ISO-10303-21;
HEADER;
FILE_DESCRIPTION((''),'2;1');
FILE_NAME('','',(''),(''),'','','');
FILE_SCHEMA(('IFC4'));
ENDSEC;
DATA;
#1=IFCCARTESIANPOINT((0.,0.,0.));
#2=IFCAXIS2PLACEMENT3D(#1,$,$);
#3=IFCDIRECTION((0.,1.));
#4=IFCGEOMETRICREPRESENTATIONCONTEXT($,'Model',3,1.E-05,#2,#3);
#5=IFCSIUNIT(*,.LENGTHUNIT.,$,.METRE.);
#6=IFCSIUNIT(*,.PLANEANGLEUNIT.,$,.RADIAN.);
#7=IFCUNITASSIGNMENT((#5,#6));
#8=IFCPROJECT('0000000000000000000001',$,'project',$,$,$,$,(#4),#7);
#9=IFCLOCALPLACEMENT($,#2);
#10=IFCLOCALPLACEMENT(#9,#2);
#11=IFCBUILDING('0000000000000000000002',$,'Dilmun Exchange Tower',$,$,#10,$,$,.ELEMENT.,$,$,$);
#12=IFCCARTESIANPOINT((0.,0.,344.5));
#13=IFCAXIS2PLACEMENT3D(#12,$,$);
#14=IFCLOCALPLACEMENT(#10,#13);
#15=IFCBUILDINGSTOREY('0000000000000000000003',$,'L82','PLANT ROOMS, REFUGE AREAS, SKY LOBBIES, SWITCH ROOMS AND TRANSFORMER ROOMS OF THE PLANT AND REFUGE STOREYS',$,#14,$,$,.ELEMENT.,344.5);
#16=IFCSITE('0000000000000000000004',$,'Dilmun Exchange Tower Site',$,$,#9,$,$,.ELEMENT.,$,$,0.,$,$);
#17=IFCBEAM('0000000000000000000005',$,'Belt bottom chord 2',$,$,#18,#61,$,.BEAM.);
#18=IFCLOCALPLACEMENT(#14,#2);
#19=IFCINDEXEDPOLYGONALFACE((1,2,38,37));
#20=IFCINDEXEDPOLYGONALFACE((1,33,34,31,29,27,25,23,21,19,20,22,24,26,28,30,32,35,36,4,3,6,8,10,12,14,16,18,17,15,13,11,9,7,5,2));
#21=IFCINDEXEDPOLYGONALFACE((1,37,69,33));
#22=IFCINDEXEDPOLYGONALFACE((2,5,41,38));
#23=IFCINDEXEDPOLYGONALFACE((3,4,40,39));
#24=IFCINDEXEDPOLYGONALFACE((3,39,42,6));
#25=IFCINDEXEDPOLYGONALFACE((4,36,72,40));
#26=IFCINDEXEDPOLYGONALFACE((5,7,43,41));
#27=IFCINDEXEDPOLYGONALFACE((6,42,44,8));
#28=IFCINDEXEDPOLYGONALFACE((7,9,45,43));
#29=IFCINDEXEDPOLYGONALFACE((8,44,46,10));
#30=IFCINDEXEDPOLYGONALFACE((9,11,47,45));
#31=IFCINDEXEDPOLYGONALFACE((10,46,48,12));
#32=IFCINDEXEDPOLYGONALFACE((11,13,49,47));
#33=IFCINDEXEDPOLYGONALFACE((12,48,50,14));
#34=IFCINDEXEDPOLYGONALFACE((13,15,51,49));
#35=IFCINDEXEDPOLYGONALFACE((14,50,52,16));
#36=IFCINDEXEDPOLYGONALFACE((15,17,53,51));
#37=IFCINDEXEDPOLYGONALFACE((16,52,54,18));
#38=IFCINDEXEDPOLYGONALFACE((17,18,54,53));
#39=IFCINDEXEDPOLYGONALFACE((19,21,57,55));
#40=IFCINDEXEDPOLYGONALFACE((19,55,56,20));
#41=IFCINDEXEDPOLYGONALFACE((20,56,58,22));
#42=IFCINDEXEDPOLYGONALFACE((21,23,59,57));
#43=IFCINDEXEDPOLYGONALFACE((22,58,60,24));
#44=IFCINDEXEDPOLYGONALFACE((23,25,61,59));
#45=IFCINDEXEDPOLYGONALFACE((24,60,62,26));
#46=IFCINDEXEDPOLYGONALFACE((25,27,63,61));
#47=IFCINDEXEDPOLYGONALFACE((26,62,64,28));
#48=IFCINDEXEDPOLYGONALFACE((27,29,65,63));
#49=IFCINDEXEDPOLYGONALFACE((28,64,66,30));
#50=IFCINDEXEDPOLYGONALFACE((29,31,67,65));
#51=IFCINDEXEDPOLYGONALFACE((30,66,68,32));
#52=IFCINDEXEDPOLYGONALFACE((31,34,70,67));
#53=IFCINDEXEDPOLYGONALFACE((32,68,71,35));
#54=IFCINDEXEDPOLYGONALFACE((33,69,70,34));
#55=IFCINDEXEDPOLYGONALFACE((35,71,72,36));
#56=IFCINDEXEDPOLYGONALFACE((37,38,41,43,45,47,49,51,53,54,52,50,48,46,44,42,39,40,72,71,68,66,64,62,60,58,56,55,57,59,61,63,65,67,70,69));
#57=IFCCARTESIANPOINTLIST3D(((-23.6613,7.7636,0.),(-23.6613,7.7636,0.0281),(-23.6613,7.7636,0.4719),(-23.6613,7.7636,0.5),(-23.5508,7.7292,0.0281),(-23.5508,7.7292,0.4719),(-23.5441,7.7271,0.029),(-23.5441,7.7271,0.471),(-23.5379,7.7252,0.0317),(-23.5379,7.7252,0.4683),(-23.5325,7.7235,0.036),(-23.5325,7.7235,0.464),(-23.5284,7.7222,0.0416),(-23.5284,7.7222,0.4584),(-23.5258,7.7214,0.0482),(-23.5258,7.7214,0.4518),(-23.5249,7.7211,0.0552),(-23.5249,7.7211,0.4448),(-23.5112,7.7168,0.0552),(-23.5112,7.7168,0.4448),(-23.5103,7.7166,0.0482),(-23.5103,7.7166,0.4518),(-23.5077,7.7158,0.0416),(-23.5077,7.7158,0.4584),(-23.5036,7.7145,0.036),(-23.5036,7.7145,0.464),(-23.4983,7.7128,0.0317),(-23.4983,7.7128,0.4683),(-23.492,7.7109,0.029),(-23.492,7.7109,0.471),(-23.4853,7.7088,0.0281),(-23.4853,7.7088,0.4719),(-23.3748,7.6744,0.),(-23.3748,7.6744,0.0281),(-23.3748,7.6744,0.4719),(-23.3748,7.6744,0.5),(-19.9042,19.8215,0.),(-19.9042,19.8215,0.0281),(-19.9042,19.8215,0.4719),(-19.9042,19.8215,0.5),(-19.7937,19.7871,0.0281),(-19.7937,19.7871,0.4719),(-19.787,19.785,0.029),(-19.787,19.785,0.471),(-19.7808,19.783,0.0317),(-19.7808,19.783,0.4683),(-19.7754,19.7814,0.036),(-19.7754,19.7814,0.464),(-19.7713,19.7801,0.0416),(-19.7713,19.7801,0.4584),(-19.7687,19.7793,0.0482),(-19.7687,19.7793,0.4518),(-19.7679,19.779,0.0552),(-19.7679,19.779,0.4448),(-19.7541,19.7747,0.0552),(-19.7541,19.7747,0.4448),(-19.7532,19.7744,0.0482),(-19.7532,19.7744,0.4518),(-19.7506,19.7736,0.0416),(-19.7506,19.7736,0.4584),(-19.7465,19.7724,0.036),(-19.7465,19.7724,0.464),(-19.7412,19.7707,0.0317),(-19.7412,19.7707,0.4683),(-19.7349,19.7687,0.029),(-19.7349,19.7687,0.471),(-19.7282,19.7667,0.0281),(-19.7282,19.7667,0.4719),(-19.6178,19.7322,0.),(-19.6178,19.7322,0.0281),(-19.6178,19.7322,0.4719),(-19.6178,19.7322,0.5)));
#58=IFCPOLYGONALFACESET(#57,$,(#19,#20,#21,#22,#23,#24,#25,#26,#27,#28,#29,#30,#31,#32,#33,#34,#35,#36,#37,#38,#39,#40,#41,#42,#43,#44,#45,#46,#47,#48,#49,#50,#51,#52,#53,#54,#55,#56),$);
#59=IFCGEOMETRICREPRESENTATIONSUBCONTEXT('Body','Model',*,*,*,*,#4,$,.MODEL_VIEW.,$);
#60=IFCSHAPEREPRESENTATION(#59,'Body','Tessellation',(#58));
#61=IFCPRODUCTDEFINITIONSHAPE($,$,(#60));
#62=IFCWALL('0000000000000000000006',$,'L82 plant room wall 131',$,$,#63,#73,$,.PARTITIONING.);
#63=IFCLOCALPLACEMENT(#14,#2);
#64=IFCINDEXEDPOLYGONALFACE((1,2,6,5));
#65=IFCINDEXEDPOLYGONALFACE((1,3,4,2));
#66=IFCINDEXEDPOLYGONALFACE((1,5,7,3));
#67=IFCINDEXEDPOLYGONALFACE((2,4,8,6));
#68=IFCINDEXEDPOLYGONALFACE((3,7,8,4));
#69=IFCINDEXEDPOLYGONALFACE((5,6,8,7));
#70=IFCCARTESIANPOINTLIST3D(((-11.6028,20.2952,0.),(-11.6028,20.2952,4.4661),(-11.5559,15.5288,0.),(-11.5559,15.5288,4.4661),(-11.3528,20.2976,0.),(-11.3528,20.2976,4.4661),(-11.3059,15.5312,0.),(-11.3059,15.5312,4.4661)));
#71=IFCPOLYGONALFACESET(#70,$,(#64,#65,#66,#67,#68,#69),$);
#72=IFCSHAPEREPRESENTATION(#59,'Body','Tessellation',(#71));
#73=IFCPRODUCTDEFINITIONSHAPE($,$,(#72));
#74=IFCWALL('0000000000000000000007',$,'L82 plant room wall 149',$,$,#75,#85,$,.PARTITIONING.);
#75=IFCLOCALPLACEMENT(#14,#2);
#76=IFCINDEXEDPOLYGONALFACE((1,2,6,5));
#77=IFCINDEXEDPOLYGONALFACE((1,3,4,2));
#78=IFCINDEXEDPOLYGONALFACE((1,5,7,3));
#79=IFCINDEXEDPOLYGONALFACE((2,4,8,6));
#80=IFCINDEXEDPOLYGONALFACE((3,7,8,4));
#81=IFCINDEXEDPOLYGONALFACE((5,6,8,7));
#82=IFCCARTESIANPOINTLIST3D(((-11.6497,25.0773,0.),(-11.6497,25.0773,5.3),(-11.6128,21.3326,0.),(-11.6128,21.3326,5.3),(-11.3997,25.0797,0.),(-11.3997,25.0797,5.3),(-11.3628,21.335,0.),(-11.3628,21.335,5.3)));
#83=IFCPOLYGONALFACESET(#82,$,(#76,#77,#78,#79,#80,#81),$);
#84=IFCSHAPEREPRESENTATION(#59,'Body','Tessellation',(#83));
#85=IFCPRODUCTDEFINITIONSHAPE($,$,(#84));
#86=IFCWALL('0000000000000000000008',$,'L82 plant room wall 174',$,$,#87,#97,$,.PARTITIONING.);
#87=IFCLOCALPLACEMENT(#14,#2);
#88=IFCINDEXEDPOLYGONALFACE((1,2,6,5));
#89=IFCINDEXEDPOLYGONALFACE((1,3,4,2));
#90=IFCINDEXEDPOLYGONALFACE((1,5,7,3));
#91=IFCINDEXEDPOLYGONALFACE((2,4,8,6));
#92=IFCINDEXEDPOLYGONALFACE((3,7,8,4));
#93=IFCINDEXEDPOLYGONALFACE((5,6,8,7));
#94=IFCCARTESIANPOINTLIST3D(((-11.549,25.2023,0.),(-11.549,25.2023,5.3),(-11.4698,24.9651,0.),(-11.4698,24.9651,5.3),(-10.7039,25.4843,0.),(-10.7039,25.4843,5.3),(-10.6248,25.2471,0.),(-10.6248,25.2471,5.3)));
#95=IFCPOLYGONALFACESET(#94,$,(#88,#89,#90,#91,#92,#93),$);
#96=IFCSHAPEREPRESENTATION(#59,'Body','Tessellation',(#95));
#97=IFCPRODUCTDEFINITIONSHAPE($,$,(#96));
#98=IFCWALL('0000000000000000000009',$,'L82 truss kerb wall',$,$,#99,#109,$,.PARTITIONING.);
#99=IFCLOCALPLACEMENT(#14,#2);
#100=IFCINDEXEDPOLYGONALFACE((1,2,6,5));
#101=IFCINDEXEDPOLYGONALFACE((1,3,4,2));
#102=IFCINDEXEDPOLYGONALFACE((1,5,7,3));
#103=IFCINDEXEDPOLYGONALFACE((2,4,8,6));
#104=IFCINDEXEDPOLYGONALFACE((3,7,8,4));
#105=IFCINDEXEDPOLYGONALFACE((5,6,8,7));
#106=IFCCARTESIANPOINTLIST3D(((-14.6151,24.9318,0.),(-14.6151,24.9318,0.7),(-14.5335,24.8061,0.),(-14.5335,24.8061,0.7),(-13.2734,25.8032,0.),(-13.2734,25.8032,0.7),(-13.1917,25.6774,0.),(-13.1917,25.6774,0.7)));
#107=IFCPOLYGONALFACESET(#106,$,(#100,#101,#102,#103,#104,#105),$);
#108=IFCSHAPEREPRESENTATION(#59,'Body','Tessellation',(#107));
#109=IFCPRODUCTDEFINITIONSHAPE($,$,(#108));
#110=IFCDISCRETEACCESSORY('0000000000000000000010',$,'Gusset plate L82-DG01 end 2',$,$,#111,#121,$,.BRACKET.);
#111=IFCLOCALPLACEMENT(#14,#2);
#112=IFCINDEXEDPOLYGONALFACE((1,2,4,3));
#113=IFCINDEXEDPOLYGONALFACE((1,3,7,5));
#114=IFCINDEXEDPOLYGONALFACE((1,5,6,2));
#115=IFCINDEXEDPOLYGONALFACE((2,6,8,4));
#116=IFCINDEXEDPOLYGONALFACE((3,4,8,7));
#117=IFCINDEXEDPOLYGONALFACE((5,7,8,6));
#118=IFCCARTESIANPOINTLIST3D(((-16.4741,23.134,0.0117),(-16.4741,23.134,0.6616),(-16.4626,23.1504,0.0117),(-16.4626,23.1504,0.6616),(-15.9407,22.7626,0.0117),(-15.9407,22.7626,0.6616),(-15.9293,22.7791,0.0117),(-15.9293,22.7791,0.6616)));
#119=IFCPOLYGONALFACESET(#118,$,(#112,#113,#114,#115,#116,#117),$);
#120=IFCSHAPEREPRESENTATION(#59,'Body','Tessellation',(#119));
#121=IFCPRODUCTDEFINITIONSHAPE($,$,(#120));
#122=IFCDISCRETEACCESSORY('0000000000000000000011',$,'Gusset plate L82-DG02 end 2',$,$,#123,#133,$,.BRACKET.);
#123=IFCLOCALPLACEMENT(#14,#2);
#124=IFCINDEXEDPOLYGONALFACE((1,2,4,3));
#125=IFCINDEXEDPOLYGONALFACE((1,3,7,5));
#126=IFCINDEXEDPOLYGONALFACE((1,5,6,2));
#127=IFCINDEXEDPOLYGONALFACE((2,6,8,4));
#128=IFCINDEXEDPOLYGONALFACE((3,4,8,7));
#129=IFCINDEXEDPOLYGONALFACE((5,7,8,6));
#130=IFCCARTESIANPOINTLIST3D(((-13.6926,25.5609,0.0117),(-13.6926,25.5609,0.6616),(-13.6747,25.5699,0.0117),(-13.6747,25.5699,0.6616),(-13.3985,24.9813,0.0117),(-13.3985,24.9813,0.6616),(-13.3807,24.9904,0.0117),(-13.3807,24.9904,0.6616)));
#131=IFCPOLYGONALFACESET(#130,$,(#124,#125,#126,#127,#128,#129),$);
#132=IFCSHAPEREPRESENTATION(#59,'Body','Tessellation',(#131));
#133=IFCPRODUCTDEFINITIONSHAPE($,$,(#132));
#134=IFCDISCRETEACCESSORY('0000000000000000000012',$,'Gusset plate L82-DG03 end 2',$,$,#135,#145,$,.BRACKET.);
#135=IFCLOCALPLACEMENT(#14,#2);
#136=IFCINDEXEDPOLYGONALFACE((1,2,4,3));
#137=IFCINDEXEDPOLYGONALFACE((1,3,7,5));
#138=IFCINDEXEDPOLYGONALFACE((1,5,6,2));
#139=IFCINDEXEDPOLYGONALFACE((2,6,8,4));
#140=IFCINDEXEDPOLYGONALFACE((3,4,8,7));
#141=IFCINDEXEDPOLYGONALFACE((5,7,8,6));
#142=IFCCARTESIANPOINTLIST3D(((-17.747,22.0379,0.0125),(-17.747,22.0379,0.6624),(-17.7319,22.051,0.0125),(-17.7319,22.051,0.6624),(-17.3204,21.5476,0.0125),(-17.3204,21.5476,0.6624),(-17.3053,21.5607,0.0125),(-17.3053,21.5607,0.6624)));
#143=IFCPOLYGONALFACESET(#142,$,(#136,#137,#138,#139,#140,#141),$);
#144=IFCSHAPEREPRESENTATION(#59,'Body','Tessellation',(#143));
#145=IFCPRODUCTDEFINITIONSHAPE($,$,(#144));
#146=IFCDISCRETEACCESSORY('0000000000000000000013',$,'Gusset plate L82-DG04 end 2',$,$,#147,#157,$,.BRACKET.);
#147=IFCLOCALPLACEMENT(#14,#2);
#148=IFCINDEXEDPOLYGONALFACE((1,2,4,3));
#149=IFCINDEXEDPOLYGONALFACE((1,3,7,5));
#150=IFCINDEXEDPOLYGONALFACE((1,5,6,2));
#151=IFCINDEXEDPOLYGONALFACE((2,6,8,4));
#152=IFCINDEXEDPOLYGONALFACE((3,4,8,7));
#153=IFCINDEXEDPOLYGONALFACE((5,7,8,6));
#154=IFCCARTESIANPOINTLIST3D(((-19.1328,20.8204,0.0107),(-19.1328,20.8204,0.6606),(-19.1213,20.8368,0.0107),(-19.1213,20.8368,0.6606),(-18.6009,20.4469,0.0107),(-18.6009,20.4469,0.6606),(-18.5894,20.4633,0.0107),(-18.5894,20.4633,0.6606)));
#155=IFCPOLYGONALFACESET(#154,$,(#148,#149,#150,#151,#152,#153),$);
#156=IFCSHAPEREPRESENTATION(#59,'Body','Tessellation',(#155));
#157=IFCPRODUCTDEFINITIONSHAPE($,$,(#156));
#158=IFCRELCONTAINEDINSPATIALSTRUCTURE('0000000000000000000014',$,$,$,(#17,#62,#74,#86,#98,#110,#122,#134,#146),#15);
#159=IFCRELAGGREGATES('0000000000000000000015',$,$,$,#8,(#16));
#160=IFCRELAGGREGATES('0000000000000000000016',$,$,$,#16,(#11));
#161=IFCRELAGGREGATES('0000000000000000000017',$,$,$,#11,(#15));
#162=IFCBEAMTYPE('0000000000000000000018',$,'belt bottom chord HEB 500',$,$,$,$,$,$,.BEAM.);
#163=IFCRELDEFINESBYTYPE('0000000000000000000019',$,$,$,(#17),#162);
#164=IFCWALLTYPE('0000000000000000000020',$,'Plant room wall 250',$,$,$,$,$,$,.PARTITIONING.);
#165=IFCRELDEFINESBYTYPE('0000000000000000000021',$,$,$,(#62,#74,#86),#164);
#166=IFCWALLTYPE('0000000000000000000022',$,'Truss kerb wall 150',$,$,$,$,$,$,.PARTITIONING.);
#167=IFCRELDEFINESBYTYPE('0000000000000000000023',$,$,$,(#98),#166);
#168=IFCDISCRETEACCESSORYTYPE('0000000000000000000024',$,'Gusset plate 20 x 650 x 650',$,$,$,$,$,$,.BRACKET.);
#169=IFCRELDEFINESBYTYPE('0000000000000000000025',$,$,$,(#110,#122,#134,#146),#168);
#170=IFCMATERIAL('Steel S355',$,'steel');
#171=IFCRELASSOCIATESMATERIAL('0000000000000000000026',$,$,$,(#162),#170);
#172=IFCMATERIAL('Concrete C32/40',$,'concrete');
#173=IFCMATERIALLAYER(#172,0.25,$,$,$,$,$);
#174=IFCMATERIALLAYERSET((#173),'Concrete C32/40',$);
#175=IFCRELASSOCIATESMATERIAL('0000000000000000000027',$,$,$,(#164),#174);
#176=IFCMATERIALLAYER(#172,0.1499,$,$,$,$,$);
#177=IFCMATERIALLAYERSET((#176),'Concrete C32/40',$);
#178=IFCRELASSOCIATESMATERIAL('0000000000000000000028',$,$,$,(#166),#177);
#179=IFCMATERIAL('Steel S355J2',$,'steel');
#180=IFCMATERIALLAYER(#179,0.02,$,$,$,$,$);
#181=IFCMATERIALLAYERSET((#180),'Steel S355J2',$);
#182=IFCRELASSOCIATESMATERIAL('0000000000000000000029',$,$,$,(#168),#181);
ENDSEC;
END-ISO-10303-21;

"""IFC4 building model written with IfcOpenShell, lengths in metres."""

from ifc_helpers import new_model, si_unit, direction, frame, frame_2d, origin, origin_2d, place, context, subcontext, project, spatial, rectangle, i_section, extrude, material, layer, layer_set, material_profile, profile_set, type_object, element, save


model = new_model("IFC4")

# Units and contexts
model_context = context("Model", 3, precision=1e-05, world=origin(), true_north=direction((0.0, 1.0)))
body_context = subcontext(model_context, "Body", "Model", "MODEL_VIEW")
ifc_project = project(units=[si_unit("LENGTHUNIT", "METRE"), si_unit("PLANEANGLEUNIT", "RADIAN")], contexts=[model_context])

# Site, building, storey
site_placement = place(None, origin())
site = spatial("IfcSite", under=ifc_project, at=site_placement, Name="Dilmun Exchange Tower Site", CompositionType="ELEMENT", RefElevation=0.0)
building_placement = place(site_placement, origin())
building = spatial("IfcBuilding", under=site, at=building_placement, Name="Dilmun Exchange Tower", CompositionType="ELEMENT")
storey_placement = place(building_placement, frame((0.0, 0.0, 344.5)))
storey = spatial("IfcBuildingStorey", under=building, at=storey_placement, Name="L82", Description="PLANT ROOMS, REFUGE AREAS, SKY LOBBIES, SWITCH ROOMS AND TRANSFORMER ROOMS OF THE PLANT AND REFUGE STOREYS", CompositionType="ELEMENT", Elevation=344.5)

# Beam
ifc_material_1 = material(Name="Steel S355", Category="steel")
ifc_material_profile_1 = material_profile(ifc_material_1, i_section(OverallWidth=0.3, OverallDepth=0.5, WebThickness=0.0144, FlangeThickness=0.0281, FilletRadius=0.0271, at=origin_2d()), Name="HEB 500")
ifc_profile_set_1 = profile_set([ifc_material_profile_1], Name="Steel S355")
beam_type_1 = type_object("IfcBeamType", Name="belt bottom chord HEB 500", PredefinedType="BEAM", material=ifc_profile_set_1)
beam_1_placement = place(storey_placement, frame((-19.761, 19.7769, 0.25), z_axis=(-0.297481, -0.954728, 0.0), x_axis=(0.954728, -0.297481, 0.0)))
element("IfcBeam", 1, at=beam_1_placement, inside=storey, type_object=beam_type_1, Name="Belt bottom chord 2", PredefinedType="BEAM", context=body_context, shape_type="SweptSolid", body=[
    extrude(i_section(OverallWidth=0.3, OverallDepth=0.5, WebThickness=0.0144, FlangeThickness=0.0281, FilletRadius=0.0271, at=origin_2d()), origin(), (0.0, 0.0, 1.0), 12.6296),
])

# Walls
ifc_material_2 = material(Name="Concrete C32/40", Category="concrete")
ifc_layer_1 = layer(ifc_material_2, 0.25)
ifc_layer_set_1 = layer_set([ifc_layer_1], Name="Concrete C32/40")
wall_type_1 = type_object("IfcWallType", Name="Plant room wall 250", PredefinedType="PARTITIONING", material=ifc_layer_set_1)
wall_1_placement = place(storey_placement, frame((-11.4778, 20.2964, 0.0), z_axis=(0.0, 0.0, 1.0), x_axis=(0.009834, -0.999952, 0.0)))
element("IfcWall", 2, at=wall_1_placement, inside=storey, type_object=wall_type_1, Name="L82 plant room wall 131", PredefinedType="PARTITIONING", context=body_context, shape_type="SweptSolid", body=[
    extrude(rectangle(XDim=4.7666, YDim=0.25, at=frame_2d((2.3833, 0.0))), origin(), (0.0, 0.0, 1.0), 4.4661),
])
wall_2_placement = place(storey_placement, frame((-11.5247, 25.0786, 0.0), z_axis=(0.0, 0.0, 1.0), x_axis=(0.009844, -0.999952, 0.0)))
element("IfcWall", 3, at=wall_2_placement, inside=storey, type_object=wall_type_1, Name="L82 plant room wall 149", PredefinedType="PARTITIONING", context=body_context, shape_type="SweptSolid", body=[
    extrude(rectangle(XDim=3.7449, YDim=0.25, at=frame_2d((1.8726, 0.0))), origin(), (0.0, 0.0, 1.0), 5.3),
])
wall_3_placement = place(storey_placement, frame((-11.5093, 25.0837, 0.0), z_axis=(0.0, 0.0, 1.0), x_axis=(0.948574, 0.316557, 0.0)))
element("IfcWall", 4, at=wall_3_placement, inside=storey, type_object=wall_type_1, Name="L82 plant room wall 174", PredefinedType="PARTITIONING", context=body_context, shape_type="SweptSolid", body=[
    extrude(rectangle(XDim=0.8909, YDim=0.25, at=frame_2d((0.4453, 0.0))), origin(), (0.0, 0.0, 1.0), 5.3),
])
ifc_layer_2 = layer(ifc_material_2, 0.1499)
ifc_layer_set_2 = layer_set([ifc_layer_2], Name="Concrete C32/40")
wall_type_2 = type_object("IfcWallType", Name="Truss kerb wall 150", PredefinedType="PARTITIONING", material=ifc_layer_set_2)
wall_4_placement = place(storey_placement, frame((-13.2327, 25.7402, 0.0), z_axis=(0.0, 0.0, 1.0), x_axis=(-0.838681, -0.544624, 0.0)))
element("IfcWall", 5, at=wall_4_placement, inside=storey, type_object=wall_type_2, Name="L82 truss kerb wall", PredefinedType="PARTITIONING", context=body_context, shape_type="SweptSolid", body=[
    extrude(rectangle(XDim=1.5999, YDim=0.1499, at=frame_2d((0.7998, 0.0))), origin(), (0.0, 0.0, 1.0), 0.7),
])

# Discrete accessories
ifc_material_3 = material(Name="Steel S355J2", Category="steel")
ifc_layer_3 = layer(ifc_material_3, 0.02)
ifc_layer_set_3 = layer_set([ifc_layer_3], Name="Steel S355J2")
discrete_accessory_type = type_object("IfcDiscreteAccessoryType", Name="Gusset plate 20 x 650 x 650", PredefinedType="BRACKET", material=ifc_layer_set_3)
for number, where, z_axis, x_axis, name in (
    (6, (-16.2017, 22.9565, 0.0117), (0.0, 0.0, 1.0), (-0.820657, 0.571421, 0.0), "Gusset plate L82-DG01 end 2"),
    (7, (-13.5366, 25.2756, 0.0117), (0.0, 0.0, 1.0), (-0.452477, 0.891776, 0.0), "Gusset plate L82-DG02 end 2"),
    (8, (-17.5261, 21.7993, 0.0125), (0.0, 0.0, 1.0), (-0.656413, 0.754401, 0.0), "Gusset plate L82-DG03 end 2"),
    (9, (-18.8611, 20.6418, 0.0107), (0.0, 0.0, 1.0), (-0.818438, 0.574595, 0.0), "Gusset plate L82-DG04 end 2"),
):
    element("IfcDiscreteAccessory", number, at=place(storey_placement, frame(where, z_axis=z_axis, x_axis=x_axis)), inside=storey, type_object=discrete_accessory_type, Name=name, PredefinedType="BRACKET", context=body_context, shape_type="SweptSolid", body=[
        extrude(rectangle(XDim=0.6499, YDim=0.02, at=origin_2d()), origin(), (0.0, 0.0, 1.0), 0.6499),
    ])

save(model, "model.ifc")
